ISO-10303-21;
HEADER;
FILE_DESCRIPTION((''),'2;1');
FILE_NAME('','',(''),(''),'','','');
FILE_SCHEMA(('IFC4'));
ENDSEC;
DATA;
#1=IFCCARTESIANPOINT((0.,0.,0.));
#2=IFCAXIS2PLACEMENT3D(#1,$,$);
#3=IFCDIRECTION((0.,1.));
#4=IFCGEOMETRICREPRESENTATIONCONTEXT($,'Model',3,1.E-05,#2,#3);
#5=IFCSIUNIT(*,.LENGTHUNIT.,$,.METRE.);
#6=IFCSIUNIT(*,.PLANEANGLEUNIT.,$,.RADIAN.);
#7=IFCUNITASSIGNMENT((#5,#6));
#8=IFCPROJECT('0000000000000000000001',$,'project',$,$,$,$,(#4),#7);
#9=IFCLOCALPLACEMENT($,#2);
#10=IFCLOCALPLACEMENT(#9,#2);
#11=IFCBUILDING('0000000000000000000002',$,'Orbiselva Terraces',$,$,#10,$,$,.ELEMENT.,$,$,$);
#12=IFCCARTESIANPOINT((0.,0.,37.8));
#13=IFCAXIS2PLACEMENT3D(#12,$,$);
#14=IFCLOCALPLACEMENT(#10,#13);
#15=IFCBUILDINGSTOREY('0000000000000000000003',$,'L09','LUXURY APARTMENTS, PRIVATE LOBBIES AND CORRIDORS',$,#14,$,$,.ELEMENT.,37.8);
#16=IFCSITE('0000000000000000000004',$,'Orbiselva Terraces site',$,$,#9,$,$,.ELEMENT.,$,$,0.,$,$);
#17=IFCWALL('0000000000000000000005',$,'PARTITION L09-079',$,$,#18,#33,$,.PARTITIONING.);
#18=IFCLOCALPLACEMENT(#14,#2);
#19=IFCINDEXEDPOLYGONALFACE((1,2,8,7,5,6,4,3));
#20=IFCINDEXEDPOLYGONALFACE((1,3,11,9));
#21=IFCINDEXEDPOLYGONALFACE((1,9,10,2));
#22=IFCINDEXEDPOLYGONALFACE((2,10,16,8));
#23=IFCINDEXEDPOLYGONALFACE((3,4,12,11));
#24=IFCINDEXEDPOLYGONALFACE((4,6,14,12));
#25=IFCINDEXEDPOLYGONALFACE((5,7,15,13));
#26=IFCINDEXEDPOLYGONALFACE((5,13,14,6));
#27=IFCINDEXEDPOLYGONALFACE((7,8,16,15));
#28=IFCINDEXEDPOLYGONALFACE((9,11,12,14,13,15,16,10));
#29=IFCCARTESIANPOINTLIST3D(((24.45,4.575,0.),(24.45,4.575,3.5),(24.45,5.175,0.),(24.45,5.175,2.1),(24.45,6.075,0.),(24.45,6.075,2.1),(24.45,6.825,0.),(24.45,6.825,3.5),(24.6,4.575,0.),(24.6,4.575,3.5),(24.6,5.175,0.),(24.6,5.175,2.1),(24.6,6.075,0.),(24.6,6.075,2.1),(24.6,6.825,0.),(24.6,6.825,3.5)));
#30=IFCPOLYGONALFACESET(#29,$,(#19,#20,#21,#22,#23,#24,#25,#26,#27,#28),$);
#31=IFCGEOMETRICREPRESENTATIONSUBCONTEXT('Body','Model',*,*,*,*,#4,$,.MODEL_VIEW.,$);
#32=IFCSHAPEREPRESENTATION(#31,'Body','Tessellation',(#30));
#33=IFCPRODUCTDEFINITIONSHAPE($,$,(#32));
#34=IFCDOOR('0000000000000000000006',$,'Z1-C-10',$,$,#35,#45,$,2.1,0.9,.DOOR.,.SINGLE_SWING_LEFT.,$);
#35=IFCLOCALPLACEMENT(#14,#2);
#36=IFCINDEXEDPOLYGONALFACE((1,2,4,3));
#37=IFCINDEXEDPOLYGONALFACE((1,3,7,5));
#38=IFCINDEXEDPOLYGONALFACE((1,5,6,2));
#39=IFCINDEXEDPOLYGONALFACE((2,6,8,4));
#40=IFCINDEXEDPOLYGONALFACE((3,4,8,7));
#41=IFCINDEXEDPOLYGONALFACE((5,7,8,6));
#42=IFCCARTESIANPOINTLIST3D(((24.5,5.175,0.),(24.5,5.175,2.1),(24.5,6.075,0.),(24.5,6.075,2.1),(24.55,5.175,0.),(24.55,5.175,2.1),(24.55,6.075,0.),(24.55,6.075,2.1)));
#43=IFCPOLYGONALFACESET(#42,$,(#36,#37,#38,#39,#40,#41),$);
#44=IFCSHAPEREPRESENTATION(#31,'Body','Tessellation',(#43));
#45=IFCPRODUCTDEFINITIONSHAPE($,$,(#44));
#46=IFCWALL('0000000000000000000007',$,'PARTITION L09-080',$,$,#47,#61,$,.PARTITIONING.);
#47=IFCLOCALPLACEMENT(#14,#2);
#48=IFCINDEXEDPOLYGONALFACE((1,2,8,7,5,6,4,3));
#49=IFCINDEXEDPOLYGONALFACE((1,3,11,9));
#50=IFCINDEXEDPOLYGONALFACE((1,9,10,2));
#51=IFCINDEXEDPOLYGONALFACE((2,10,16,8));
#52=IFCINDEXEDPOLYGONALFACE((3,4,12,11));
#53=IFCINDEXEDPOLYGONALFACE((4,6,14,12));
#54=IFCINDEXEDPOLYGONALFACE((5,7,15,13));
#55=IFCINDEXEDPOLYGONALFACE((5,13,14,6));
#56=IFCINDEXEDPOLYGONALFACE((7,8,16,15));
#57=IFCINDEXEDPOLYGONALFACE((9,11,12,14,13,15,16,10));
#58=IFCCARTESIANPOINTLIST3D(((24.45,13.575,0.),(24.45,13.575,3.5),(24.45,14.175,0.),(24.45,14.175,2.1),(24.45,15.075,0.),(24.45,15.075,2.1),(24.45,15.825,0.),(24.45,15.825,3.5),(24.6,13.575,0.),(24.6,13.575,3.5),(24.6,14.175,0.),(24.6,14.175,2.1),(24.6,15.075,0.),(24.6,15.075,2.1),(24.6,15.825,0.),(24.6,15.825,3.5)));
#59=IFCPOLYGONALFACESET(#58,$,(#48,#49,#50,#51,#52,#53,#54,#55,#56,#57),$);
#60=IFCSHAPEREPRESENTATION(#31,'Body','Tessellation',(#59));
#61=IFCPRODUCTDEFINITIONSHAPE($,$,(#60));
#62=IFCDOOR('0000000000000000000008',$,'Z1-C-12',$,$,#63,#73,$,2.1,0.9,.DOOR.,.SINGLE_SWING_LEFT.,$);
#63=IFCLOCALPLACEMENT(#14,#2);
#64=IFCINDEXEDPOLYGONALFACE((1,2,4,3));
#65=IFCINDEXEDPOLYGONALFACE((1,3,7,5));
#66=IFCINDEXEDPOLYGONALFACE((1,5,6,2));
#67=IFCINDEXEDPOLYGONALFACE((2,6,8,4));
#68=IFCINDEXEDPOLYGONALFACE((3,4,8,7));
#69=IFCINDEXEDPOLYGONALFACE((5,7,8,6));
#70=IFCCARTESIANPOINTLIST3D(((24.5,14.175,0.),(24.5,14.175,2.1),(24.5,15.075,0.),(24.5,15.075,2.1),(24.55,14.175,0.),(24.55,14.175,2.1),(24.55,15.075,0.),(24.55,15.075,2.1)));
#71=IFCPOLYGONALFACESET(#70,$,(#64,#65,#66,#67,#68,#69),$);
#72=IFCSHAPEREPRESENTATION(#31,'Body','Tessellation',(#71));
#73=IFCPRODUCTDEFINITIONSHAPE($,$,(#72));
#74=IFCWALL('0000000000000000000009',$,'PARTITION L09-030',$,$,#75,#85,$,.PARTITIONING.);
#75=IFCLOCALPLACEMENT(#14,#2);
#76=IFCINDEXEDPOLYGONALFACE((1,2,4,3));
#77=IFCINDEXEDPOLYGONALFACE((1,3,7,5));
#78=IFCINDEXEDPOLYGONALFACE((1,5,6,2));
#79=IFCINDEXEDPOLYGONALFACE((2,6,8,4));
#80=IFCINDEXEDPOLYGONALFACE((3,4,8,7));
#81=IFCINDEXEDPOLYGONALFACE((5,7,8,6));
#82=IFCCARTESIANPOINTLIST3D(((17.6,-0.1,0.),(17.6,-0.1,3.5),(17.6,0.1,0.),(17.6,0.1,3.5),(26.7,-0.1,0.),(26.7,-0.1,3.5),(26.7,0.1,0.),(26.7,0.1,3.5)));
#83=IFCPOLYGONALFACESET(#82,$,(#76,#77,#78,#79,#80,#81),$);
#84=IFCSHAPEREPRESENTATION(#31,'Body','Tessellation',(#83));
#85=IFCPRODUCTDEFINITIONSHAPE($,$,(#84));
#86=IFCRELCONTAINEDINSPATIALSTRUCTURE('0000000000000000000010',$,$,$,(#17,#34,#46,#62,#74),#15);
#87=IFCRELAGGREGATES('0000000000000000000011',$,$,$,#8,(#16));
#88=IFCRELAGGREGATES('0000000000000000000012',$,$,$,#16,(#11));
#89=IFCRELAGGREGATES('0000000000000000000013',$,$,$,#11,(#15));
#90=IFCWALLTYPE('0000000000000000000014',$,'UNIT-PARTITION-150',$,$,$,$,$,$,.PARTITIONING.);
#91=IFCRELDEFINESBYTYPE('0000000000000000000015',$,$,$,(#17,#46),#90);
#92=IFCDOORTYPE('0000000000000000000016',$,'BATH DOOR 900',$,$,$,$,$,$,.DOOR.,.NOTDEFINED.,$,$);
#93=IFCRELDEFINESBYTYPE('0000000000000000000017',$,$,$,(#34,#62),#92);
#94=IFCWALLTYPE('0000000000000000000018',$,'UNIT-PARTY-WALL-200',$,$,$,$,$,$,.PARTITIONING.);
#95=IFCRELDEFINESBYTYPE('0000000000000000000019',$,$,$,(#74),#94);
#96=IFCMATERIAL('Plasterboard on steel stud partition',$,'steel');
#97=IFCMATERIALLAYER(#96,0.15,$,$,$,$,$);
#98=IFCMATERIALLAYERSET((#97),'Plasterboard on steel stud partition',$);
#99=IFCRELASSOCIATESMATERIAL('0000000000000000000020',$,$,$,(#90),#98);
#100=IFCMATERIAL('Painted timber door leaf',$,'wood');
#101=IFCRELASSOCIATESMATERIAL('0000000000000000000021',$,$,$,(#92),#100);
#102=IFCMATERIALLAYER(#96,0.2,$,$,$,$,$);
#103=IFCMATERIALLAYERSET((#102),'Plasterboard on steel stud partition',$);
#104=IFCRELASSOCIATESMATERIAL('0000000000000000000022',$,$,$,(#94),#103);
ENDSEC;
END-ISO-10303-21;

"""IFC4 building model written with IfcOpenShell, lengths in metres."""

from ifc_helpers import new_model, si_unit, direction, frame, frame_2d, origin, place, context, subcontext, project, spatial, rectangle, extrude, material, layer, layer_set, type_object, element, fill, save


model = new_model("IFC4")

# Units and contexts
model_context = context("Model", 3, precision=1e-05, world=origin(), true_north=direction((0.0, 1.0)))
body_context = subcontext(model_context, "Body", "Model", "MODEL_VIEW")
ifc_project = project(units=[si_unit("LENGTHUNIT", "METRE"), si_unit("PLANEANGLEUNIT", "RADIAN")], contexts=[model_context])

# Site, building, storey
site_placement = place(None, origin())
site = spatial("IfcSite", under=ifc_project, at=site_placement, Name="Orbiselva Terraces site", CompositionType="ELEMENT", RefElevation=0.0)
building_placement = place(site_placement, origin())
building = spatial("IfcBuilding", under=site, at=building_placement, Name="Orbiselva Terraces", CompositionType="ELEMENT")
storey_placement = place(building_placement, frame((0.0, 0.0, 37.8)))
storey = spatial("IfcBuildingStorey", under=building, at=storey_placement, Name="L09", Description="LUXURY APARTMENTS, PRIVATE LOBBIES AND CORRIDORS", CompositionType="ELEMENT", Elevation=37.8)

# Shared definitions
ifc_material_1 = material(Name="Plasterboard on steel stud partition", Category="steel")
ifc_material_2 = material(Name="Painted timber door leaf", Category="wood")

# Shared definitions
ifc_layer_1 = layer(ifc_material_1, 0.15)
ifc_layer_set_1 = layer_set([ifc_layer_1], Name="Plasterboard on steel stud partition")
wall_type_1 = type_object("IfcWallType", Name="UNIT-PARTITION-150", PredefinedType="PARTITIONING", material=ifc_layer_set_1)

# Walls, openings, doors
wall_1_placement = place(storey_placement, frame((24.525, 4.575, 0.0), z_axis=(0.0, 0.0, 1.0), x_axis=(0.0, 1.0, 0.0)))
wall_1 = element("IfcWall", 1, at=wall_1_placement, inside=storey, type_object=wall_type_1, Name="PARTITION L09-079", PredefinedType="PARTITIONING", context=body_context, shape_type="SweptSolid", body=[
    extrude(rectangle(XDim=2.25, YDim=0.15, at=frame_2d((1.125, 0.0))), origin(), (0.0, 0.0, 1.0), 3.5),
])
opening_1_placement = place(wall_1_placement, frame((0.6, 0.0, 0.0)))
opening_1 = element("IfcOpeningElement", 2, at=opening_1_placement, cuts=wall_1, PredefinedType="OPENING", context=body_context, shape_type="SweptSolid", body=[
    extrude(rectangle(XDim=0.9, YDim=2.1, at=frame_2d((0.45, 1.05))), frame((0.0, 0.085, 0.0), z_axis=(0.0, -1.0, 0.0), x_axis=(1.0, 0.0, 0.0)), (0.0, 0.0, 1.0), 0.17),
])
door_type_1 = type_object("IfcDoorType", Name="BATH DOOR 900", OperationType="NOTDEFINED", PredefinedType="DOOR", material=ifc_material_2)
door_1_placement = place(opening_1_placement, origin())
door_1 = element("IfcDoor", 3, at=door_1_placement, inside=storey, type_object=door_type_1, Name="Z1-C-10", OperationType="SINGLE_SWING_LEFT", OverallHeight=2.1, OverallWidth=0.9, PredefinedType="DOOR", context=body_context, shape_type="SweptSolid", body=[
    extrude(rectangle(XDim=0.9, YDim=2.1, at=frame_2d((0.45, 1.05))), frame((0.0, 0.025, 0.0), z_axis=(0.0, -1.0, 0.0), x_axis=(1.0, 0.0, 0.0)), (0.0, 0.0, 1.0), 0.05),
])
fill(opening_1, door_1)
wall_2_placement = place(storey_placement, frame((24.525, 13.575, 0.0), z_axis=(0.0, 0.0, 1.0), x_axis=(0.0, 1.0, 0.0)))
wall_2 = element("IfcWall", 4, at=wall_2_placement, inside=storey, type_object=wall_type_1, Name="PARTITION L09-080", PredefinedType="PARTITIONING", context=body_context, shape_type="SweptSolid", body=[
    extrude(rectangle(XDim=2.25, YDim=0.15, at=frame_2d((1.125, 0.0))), origin(), (0.0, 0.0, 1.0), 3.5),
])
opening_2_placement = place(wall_2_placement, frame((0.6, 0.0, 0.0)))
opening_2 = element("IfcOpeningElement", 5, at=opening_2_placement, cuts=wall_2, PredefinedType="OPENING", context=body_context, shape_type="SweptSolid", body=[
    extrude(rectangle(XDim=0.9, YDim=2.1, at=frame_2d((0.45, 1.05))), frame((0.0, 0.085, 0.0), z_axis=(0.0, -1.0, 0.0), x_axis=(1.0, 0.0, 0.0)), (0.0, 0.0, 1.0), 0.17),
])
door_2_placement = place(opening_2_placement, origin())
door_2 = element("IfcDoor", 6, at=door_2_placement, inside=storey, type_object=door_type_1, Name="Z1-C-12", OperationType="SINGLE_SWING_LEFT", OverallHeight=2.1, OverallWidth=0.9, PredefinedType="DOOR", context=body_context, shape_type="SweptSolid", body=[
    extrude(rectangle(XDim=0.9, YDim=2.1, at=frame_2d((0.45, 1.05))), frame((0.0, 0.025, 0.0), z_axis=(0.0, -1.0, 0.0), x_axis=(1.0, 0.0, 0.0)), (0.0, 0.0, 1.0), 0.05),
])
fill(opening_2, door_2)

# Wall
ifc_layer_2 = layer(ifc_material_1, 0.2)
ifc_layer_set_2 = layer_set([ifc_layer_2], Name="Plasterboard on steel stud partition")
wall_type_2 = type_object("IfcWallType", Name="UNIT-PARTY-WALL-200", PredefinedType="PARTITIONING", material=ifc_layer_set_2)
wall_3_placement = place(storey_placement, frame((17.6, 0.0, 0.0), z_axis=(0.0, 0.0, 1.0), x_axis=(1.0, 0.0, 0.0)))
element("IfcWall", 7, at=wall_3_placement, inside=storey, type_object=wall_type_2, Name="PARTITION L09-030", PredefinedType="PARTITIONING", context=body_context, shape_type="SweptSolid", body=[
    extrude(rectangle(XDim=9.1, YDim=0.2, at=frame_2d((4.55, 0.0))), origin(), (0.0, 0.0, 1.0), 3.5),
])

save(model, "model.ifc")
